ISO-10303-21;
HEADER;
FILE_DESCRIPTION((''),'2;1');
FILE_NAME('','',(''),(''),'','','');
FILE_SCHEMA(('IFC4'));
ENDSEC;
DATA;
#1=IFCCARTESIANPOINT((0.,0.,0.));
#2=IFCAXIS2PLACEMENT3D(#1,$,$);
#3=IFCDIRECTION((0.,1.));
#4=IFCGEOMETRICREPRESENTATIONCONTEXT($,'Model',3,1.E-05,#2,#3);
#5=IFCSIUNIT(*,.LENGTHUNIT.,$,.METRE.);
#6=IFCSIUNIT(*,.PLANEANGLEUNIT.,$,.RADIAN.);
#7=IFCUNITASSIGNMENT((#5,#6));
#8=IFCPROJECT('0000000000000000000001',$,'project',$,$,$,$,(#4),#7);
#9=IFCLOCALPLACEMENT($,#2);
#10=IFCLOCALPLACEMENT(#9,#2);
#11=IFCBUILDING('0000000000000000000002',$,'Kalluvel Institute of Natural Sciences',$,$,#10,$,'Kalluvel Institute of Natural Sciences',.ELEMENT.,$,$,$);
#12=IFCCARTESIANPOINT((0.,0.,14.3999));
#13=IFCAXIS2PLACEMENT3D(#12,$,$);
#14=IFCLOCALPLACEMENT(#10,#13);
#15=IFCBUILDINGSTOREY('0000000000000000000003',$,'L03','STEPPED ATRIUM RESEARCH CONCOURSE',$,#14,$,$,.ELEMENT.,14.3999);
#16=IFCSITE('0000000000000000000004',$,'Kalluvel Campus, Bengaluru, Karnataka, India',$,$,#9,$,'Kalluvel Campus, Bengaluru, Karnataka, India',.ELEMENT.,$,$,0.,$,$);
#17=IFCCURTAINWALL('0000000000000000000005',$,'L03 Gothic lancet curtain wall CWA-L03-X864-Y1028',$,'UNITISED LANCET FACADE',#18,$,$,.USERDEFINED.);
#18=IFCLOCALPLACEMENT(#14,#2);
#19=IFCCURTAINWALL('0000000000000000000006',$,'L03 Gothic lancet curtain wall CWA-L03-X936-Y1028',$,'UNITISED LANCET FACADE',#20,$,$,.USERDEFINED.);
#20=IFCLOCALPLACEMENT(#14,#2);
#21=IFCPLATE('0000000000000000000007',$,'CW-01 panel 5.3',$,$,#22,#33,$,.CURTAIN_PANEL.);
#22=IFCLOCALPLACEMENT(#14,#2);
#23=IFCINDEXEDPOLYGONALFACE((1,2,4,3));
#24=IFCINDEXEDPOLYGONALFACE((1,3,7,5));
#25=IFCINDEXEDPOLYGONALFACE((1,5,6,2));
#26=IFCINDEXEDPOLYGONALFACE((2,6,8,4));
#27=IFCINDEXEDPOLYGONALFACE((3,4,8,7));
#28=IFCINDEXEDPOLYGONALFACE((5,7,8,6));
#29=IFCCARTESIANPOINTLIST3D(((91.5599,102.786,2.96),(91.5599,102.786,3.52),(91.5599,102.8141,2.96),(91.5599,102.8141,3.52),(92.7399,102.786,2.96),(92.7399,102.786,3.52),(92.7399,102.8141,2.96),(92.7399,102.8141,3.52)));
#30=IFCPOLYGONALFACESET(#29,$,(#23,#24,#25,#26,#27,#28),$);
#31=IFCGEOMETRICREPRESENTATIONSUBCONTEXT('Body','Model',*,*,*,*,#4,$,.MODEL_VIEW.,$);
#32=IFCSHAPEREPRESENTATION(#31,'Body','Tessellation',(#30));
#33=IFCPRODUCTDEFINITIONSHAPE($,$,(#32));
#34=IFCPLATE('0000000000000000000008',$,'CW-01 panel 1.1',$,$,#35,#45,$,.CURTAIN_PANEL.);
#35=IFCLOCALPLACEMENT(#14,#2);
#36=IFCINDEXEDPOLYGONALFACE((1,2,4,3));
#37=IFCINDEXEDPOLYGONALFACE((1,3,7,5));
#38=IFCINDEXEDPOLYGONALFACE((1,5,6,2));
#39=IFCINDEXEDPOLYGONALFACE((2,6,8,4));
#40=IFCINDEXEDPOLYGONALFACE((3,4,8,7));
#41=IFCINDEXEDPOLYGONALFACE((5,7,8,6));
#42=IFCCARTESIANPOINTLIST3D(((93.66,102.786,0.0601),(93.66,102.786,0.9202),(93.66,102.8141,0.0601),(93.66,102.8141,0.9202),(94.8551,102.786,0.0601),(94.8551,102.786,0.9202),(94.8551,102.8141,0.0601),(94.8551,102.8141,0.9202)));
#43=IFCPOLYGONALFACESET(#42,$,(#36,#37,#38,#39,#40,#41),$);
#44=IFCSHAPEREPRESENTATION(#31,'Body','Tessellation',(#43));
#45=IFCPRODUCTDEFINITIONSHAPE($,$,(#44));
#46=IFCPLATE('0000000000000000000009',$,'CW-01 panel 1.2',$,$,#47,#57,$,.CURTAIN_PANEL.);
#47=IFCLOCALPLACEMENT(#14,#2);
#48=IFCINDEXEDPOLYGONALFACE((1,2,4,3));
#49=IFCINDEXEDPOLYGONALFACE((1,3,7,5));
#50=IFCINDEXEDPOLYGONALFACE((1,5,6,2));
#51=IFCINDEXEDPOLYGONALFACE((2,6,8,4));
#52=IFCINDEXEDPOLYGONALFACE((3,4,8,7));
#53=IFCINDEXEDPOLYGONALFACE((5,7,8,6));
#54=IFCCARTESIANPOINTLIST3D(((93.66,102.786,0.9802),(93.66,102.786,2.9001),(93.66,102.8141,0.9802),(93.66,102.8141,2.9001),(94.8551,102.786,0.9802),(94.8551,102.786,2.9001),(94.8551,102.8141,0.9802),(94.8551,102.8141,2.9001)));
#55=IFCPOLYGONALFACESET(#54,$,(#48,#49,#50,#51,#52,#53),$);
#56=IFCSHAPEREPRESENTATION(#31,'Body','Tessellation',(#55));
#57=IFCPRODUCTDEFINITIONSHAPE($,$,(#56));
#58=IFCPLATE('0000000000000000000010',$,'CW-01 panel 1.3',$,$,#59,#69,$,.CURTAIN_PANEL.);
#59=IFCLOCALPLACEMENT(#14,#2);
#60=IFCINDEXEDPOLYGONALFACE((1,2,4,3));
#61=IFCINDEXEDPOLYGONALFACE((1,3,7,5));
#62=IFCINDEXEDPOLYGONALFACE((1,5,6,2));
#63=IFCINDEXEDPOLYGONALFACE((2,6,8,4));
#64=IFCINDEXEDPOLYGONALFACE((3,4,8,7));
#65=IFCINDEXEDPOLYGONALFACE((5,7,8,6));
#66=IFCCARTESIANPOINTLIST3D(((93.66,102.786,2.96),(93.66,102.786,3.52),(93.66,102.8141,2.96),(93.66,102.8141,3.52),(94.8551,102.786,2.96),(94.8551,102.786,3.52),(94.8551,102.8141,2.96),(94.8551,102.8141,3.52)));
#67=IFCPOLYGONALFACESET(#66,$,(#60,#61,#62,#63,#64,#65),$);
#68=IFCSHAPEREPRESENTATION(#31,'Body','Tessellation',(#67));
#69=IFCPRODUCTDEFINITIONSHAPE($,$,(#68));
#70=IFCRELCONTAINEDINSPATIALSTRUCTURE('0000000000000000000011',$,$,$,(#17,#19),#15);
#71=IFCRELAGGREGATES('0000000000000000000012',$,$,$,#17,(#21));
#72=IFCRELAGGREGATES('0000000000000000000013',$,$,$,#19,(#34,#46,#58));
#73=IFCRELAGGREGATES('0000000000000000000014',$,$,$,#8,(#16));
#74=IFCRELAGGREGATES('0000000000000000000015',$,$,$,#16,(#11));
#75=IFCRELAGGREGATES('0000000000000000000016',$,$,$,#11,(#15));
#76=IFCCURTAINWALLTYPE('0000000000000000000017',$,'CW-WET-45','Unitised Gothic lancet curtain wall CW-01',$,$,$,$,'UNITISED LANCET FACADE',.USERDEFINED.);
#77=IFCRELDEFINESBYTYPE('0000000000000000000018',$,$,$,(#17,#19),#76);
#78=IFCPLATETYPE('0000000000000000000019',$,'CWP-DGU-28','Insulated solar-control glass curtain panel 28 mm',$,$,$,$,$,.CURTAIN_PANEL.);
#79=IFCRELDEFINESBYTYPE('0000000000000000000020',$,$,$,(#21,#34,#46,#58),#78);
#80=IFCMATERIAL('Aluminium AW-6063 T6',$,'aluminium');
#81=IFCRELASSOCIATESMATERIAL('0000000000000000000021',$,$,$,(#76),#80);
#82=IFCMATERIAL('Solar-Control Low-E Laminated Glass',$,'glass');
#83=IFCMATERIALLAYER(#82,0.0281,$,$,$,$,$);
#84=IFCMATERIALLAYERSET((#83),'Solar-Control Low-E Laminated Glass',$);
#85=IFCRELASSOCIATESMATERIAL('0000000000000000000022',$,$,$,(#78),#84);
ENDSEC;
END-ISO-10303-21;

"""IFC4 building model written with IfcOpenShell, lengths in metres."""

from ifc_helpers import new_model, si_unit, direction, frame, origin, origin_2d, place, context, subcontext, project, spatial, rectangle, extrude, material, layer, layer_set, type_object, element, aggregate, save


model = new_model("IFC4")

# Units and contexts
model_context = context("Model", 3, precision=1e-05, world=origin(), true_north=direction((0.0, 1.0)))
body_context = subcontext(model_context, "Body", "Model", "MODEL_VIEW")
ifc_project = project(units=[si_unit("LENGTHUNIT", "METRE"), si_unit("PLANEANGLEUNIT", "RADIAN")], contexts=[model_context])

# Site, building, storey
site_placement = place(None, origin())
site = spatial("IfcSite", under=ifc_project, at=site_placement, Name="Kalluvel Campus, Bengaluru, Karnataka, India", LongName="Kalluvel Campus, Bengaluru, Karnataka, India", CompositionType="ELEMENT", RefElevation=0.0)
building_placement = place(site_placement, origin())
building = spatial("IfcBuilding", under=site, at=building_placement, Name="Kalluvel Institute of Natural Sciences", LongName="Kalluvel Institute of Natural Sciences", CompositionType="ELEMENT")
storey_placement = place(building_placement, frame((0.0, 0.0, 14.3999)))
storey = spatial("IfcBuildingStorey", under=building, at=storey_placement, Name="L03", Description="STEPPED ATRIUM RESEARCH CONCOURSE", CompositionType="ELEMENT", Elevation=14.3999)

# Curtain walls
ifc_material_1 = material(Name="Aluminium AW-6063 T6", Category="aluminium")
curtain_wall_type = type_object("IfcCurtainWallType", Name="CW-WET-45", Description="Unitised Gothic lancet curtain wall CW-01", ElementType="UNITISED LANCET FACADE", PredefinedType="USERDEFINED", material=ifc_material_1)
curtain_wall_1_placement = place(storey_placement, origin())
curtain_wall_1 = element("IfcCurtainWall", 1, at=curtain_wall_1_placement, inside=storey, type_object=curtain_wall_type, Name="L03 Gothic lancet curtain wall CWA-L03-X864-Y1028", ObjectType="UNITISED LANCET FACADE", PredefinedType="USERDEFINED")
curtain_wall_2_placement = place(storey_placement, origin())
curtain_wall_2 = element("IfcCurtainWall", 2, at=curtain_wall_2_placement, inside=storey, type_object=curtain_wall_type, Name="L03 Gothic lancet curtain wall CWA-L03-X936-Y1028", ObjectType="UNITISED LANCET FACADE", PredefinedType="USERDEFINED")

# Plates
ifc_material_2 = material(Name="Solar-Control Low-E Laminated Glass", Category="glass")
ifc_layer = layer(ifc_material_2, 0.0281)
ifc_layer_set = layer_set([ifc_layer], Name="Solar-Control Low-E Laminated Glass")
plate_type = type_object("IfcPlateType", Name="CWP-DGU-28", Description="Insulated solar-control glass curtain panel 28 mm", PredefinedType="CURTAIN_PANEL", material=ifc_layer_set)
plate_1_placement = place(storey_placement, frame((92.1499, 102.8, 2.96), z_axis=(0.0, 0.0, 1.0), x_axis=(1.0, 0.0, 0.0)))
plate_1 = element("IfcPlate", 3, at=plate_1_placement, type_object=plate_type, Name="CW-01 panel 5.3", PredefinedType="CURTAIN_PANEL", context=body_context, shape_type="SweptSolid", body=[
    extrude(rectangle(XDim=1.1799, YDim=0.0281, at=origin_2d()), origin(), (0.0, 0.0, 1.0), 0.5601),
])
aggregate(curtain_wall_1, [plate_1])
plate_2_placement = place(storey_placement, frame((94.2576, 102.8, 0.0601), z_axis=(0.0, 0.0, 1.0), x_axis=(1.0, 0.0, 0.0)))
plate_2 = element("IfcPlate", 4, at=plate_2_placement, type_object=plate_type, Name="CW-01 panel 1.1", PredefinedType="CURTAIN_PANEL", context=body_context, shape_type="SweptSolid", body=[
    extrude(rectangle(XDim=1.1951, YDim=0.0281, at=origin_2d()), origin(), (0.0, 0.0, 1.0), 0.8601),
])
plate_3_placement = place(storey_placement, frame((94.2576, 102.8, 0.9802), z_axis=(0.0, 0.0, 1.0), x_axis=(1.0, 0.0, 0.0)))
plate_3 = element("IfcPlate", 5, at=plate_3_placement, type_object=plate_type, Name="CW-01 panel 1.2", PredefinedType="CURTAIN_PANEL", context=body_context, shape_type="SweptSolid", body=[
    extrude(rectangle(XDim=1.1951, YDim=0.0281, at=origin_2d()), origin(), (0.0, 0.0, 1.0), 1.9199),
])
plate_4_placement = place(storey_placement, frame((94.2576, 102.8, 2.96), z_axis=(0.0, 0.0, 1.0), x_axis=(1.0, 0.0, 0.0)))
plate_4 = element("IfcPlate", 6, at=plate_4_placement, type_object=plate_type, Name="CW-01 panel 1.3", PredefinedType="CURTAIN_PANEL", context=body_context, shape_type="SweptSolid", body=[
    extrude(rectangle(XDim=1.1951, YDim=0.0281, at=origin_2d()), origin(), (0.0, 0.0, 1.0), 0.5601),
])
aggregate(curtain_wall_2, [plate_2, plate_3, plate_4])

save(model, "model.ifc")
